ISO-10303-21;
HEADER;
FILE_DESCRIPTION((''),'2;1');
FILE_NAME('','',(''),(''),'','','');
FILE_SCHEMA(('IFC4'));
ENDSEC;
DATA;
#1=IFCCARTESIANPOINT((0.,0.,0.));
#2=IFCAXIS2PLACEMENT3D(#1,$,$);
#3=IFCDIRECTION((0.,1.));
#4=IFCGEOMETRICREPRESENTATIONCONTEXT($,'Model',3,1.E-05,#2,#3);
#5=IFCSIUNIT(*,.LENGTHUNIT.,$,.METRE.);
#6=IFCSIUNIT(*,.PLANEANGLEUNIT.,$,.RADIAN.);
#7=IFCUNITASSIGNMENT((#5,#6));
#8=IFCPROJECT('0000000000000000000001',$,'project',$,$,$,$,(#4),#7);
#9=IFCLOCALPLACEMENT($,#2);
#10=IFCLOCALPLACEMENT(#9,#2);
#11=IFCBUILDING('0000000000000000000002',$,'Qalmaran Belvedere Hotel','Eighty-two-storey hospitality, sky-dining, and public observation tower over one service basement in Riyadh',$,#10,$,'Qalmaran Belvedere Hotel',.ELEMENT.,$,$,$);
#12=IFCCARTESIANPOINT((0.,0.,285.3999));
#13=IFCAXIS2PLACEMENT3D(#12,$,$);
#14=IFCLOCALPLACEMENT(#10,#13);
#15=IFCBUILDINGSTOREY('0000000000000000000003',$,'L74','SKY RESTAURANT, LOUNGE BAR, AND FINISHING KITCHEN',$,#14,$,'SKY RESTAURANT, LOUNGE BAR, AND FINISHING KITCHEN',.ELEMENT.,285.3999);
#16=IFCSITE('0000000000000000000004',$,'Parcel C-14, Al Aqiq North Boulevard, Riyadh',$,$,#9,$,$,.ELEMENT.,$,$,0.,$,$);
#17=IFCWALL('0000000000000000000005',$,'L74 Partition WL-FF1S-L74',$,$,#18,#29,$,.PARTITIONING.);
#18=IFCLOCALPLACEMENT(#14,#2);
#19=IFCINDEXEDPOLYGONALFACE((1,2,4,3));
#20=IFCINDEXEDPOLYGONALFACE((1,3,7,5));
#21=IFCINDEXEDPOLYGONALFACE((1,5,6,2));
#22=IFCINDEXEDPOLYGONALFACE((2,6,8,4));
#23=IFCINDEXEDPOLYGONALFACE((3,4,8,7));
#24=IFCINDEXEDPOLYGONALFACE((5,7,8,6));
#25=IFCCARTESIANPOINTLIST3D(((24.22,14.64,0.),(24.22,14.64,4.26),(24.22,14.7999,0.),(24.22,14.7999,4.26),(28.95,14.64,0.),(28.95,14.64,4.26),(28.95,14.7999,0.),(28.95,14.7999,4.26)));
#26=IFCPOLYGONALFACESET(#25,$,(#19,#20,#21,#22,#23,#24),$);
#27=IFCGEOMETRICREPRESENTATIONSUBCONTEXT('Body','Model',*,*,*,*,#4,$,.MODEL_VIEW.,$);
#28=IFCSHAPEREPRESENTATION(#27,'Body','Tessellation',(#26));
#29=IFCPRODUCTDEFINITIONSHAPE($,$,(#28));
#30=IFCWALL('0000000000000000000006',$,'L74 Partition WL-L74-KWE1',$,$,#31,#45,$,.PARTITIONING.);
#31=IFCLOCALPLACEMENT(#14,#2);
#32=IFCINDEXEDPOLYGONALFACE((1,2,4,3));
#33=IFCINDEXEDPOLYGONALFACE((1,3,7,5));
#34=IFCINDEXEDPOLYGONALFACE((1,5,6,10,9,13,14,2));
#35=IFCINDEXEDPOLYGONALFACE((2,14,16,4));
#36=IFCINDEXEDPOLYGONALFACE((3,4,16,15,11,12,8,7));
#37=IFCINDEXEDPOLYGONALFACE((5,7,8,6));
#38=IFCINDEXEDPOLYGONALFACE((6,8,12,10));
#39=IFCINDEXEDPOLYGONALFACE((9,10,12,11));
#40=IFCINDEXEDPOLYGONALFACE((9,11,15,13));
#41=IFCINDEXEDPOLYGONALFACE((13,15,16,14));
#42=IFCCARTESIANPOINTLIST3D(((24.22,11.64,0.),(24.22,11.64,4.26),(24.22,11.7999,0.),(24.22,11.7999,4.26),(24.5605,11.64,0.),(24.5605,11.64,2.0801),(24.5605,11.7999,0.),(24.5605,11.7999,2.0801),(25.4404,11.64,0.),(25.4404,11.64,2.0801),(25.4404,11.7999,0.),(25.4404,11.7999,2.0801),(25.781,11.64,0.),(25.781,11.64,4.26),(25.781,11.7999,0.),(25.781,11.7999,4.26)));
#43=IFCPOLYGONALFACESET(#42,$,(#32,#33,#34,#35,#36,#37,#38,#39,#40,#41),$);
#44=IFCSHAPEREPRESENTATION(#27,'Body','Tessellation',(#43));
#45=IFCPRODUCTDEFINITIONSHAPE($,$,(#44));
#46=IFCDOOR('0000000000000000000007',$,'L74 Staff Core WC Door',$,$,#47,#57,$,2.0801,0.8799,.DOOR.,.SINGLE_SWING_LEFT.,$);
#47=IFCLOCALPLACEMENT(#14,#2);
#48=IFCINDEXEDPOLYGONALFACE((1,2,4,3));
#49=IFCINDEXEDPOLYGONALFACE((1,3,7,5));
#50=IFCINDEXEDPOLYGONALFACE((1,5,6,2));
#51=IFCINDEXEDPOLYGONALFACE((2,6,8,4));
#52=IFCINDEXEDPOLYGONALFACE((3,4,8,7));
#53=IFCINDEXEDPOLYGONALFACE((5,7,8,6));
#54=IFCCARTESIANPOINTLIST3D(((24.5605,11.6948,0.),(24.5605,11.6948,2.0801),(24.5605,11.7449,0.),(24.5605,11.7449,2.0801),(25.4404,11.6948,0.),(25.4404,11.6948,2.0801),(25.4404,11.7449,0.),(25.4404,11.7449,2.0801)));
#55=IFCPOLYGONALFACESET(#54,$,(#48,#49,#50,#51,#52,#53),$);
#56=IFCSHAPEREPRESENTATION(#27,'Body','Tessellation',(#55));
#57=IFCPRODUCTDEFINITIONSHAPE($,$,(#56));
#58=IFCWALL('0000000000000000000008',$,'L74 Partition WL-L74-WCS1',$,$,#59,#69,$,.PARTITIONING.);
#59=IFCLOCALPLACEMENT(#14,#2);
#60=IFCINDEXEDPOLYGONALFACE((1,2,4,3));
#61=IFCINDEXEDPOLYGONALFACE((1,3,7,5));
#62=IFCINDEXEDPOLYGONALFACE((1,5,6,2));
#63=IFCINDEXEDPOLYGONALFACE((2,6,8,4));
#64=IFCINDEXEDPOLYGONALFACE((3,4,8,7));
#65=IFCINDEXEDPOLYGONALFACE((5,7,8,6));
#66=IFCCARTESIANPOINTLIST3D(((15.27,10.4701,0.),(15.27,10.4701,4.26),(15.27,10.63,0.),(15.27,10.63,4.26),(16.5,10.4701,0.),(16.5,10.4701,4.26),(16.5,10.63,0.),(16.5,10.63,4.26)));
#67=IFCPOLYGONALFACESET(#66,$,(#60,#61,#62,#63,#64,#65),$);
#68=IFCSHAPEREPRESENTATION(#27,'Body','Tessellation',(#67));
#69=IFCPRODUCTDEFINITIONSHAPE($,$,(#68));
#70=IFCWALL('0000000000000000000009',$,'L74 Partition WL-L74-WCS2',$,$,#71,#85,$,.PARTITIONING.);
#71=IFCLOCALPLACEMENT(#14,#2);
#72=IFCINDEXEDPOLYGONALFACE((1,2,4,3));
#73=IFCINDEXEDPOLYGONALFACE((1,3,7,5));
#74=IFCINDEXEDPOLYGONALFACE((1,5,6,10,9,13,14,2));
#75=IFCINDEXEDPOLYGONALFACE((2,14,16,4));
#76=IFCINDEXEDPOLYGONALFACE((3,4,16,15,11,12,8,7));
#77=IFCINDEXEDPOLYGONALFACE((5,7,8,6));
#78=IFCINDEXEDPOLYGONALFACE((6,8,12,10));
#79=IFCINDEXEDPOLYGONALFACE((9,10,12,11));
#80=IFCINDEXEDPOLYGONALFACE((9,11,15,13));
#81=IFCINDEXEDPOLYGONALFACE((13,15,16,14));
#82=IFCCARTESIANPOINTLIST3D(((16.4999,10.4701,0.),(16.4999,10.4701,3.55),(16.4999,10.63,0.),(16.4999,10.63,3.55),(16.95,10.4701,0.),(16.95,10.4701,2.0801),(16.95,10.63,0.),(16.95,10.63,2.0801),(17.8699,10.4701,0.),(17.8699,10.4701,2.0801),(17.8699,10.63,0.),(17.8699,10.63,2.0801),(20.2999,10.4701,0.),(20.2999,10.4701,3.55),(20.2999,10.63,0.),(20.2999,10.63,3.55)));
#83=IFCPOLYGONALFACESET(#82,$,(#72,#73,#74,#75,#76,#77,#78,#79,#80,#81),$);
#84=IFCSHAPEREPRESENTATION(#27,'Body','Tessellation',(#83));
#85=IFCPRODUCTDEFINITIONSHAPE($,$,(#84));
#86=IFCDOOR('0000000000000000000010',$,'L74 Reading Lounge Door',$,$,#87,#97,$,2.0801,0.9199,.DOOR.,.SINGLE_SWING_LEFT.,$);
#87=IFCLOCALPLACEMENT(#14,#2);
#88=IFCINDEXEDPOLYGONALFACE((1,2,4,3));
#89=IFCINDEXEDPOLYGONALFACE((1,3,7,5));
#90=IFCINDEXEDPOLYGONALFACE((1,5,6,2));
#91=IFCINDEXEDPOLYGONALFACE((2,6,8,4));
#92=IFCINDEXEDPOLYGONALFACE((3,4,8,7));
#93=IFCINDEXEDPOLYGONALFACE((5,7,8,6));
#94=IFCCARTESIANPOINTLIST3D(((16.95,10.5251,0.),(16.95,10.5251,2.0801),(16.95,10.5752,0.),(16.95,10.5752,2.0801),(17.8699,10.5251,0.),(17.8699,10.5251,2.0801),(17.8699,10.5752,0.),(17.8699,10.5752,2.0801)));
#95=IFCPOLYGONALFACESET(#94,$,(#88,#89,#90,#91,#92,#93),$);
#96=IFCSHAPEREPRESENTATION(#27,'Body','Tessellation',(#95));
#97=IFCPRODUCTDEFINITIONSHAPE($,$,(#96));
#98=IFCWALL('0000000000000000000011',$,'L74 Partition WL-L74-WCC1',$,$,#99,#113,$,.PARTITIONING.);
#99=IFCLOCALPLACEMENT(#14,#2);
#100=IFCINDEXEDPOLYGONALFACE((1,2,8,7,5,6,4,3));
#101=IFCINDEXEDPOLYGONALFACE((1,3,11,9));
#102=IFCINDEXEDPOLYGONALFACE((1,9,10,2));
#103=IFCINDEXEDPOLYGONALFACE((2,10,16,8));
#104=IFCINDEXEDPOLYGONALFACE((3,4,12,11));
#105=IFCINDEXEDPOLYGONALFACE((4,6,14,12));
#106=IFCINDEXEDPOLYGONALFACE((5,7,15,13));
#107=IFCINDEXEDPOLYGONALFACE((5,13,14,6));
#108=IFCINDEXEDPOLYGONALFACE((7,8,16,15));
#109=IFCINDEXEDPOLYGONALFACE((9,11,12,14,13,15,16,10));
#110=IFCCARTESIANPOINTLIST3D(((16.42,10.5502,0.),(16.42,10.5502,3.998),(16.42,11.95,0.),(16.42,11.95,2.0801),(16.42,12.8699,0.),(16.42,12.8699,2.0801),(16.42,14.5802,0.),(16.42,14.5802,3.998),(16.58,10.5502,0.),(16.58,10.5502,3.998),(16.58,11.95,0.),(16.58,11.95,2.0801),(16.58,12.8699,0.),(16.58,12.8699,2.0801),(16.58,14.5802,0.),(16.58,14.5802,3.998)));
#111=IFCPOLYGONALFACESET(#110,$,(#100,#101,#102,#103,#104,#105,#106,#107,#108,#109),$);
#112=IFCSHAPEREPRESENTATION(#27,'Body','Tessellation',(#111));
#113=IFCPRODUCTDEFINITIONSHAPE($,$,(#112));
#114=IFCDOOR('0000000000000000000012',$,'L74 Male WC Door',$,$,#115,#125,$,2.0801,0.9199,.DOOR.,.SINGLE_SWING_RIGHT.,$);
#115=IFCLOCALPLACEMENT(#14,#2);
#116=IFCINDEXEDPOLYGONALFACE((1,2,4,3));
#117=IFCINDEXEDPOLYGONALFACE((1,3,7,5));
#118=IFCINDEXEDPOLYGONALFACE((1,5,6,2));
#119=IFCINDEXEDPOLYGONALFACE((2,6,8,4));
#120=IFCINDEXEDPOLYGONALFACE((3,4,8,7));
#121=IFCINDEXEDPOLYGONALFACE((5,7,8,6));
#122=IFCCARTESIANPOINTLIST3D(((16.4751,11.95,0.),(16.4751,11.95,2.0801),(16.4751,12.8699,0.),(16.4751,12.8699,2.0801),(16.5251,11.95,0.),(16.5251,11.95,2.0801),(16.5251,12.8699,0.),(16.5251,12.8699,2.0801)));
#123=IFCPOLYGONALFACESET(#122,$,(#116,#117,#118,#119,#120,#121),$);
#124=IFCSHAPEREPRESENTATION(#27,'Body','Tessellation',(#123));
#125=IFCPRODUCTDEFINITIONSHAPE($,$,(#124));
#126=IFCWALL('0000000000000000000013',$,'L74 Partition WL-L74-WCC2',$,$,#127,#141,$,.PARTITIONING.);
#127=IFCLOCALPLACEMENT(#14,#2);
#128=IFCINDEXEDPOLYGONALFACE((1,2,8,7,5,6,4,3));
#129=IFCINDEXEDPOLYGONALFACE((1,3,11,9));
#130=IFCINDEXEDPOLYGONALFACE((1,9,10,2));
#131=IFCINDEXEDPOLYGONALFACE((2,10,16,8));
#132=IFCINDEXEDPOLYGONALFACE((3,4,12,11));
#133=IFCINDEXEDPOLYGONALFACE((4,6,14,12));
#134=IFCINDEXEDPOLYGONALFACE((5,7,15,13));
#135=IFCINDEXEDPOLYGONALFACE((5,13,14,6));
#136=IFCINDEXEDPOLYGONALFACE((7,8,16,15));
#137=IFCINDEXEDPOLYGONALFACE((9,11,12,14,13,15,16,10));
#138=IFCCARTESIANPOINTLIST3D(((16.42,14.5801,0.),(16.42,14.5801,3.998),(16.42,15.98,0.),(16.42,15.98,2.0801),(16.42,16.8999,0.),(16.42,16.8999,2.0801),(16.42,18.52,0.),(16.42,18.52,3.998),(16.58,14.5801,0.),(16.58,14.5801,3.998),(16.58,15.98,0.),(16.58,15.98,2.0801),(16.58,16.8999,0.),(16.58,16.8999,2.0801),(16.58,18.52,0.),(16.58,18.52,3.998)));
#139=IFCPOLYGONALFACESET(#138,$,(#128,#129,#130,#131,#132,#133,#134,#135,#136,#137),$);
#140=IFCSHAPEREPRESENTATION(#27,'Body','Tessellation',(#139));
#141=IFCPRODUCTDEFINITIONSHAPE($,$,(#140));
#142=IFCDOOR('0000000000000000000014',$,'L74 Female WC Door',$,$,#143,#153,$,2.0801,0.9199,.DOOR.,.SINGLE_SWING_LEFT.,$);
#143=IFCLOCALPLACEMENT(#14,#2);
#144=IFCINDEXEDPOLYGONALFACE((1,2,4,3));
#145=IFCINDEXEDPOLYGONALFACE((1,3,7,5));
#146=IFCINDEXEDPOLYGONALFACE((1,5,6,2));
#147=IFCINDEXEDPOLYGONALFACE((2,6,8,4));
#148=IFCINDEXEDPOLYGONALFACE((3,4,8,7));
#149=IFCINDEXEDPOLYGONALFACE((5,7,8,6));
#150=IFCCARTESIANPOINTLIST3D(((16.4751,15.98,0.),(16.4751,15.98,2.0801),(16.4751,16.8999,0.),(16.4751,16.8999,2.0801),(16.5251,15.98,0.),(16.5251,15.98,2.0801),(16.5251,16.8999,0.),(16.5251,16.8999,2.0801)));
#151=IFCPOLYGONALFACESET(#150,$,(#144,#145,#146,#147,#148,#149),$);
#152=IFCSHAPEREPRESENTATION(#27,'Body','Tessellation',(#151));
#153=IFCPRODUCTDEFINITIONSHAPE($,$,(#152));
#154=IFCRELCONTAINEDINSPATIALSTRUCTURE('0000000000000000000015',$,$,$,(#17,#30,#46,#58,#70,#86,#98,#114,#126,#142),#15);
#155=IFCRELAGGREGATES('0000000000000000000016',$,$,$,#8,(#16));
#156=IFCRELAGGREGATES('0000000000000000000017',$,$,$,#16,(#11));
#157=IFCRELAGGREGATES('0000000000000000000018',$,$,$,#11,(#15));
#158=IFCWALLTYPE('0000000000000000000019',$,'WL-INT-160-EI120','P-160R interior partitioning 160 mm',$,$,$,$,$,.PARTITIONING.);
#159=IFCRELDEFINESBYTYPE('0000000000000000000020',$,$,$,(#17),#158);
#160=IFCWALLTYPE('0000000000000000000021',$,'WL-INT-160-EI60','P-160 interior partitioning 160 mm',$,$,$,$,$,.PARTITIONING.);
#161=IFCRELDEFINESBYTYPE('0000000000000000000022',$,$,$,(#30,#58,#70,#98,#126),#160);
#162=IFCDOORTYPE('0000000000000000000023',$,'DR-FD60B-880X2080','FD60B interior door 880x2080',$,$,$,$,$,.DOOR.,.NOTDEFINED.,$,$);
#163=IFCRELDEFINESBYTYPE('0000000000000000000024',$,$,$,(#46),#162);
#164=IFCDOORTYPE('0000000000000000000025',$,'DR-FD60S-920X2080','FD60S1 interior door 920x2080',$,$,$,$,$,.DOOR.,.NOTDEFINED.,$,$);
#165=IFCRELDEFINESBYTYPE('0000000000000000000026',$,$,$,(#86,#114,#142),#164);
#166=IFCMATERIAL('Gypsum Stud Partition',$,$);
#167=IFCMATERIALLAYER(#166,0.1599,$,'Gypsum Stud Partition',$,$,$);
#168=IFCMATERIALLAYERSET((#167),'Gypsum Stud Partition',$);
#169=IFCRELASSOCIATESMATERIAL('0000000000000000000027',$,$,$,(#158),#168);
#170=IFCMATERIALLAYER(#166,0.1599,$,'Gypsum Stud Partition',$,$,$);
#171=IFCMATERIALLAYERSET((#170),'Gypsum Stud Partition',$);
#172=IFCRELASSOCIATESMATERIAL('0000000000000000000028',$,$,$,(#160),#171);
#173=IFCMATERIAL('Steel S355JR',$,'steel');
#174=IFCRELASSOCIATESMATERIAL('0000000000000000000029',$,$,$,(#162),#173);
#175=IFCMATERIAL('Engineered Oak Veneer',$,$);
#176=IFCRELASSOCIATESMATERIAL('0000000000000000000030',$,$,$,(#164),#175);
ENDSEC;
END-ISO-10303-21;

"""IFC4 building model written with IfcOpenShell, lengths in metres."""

from ifc_helpers import new_model, si_unit, direction, frame, frame_2d, origin, place, context, subcontext, project, spatial, rectangle, extrude, material, layer, layer_set, type_object, element, fill, save


model = new_model("IFC4")

# Units and contexts
model_context = context("Model", 3, precision=1e-05, world=origin(), true_north=direction((0.0, 1.0)))
body_context = subcontext(model_context, "Body", "Model", "MODEL_VIEW")
ifc_project = project(units=[si_unit("LENGTHUNIT", "METRE"), si_unit("PLANEANGLEUNIT", "RADIAN")], contexts=[model_context])

# Site, building, storey
site_placement = place(None, origin())
site = spatial("IfcSite", under=ifc_project, at=site_placement, Name="Parcel C-14, Al Aqiq North Boulevard, Riyadh", CompositionType="ELEMENT", RefElevation=0.0)
building_placement = place(site_placement, origin())
building = spatial("IfcBuilding", under=site, at=building_placement, Name="Qalmaran Belvedere Hotel", Description="Eighty-two-storey hospitality, sky-dining, and public observation tower over one service basement in Riyadh", LongName="Qalmaran Belvedere Hotel", CompositionType="ELEMENT")
storey_placement = place(building_placement, frame((0.0, 0.0, 285.3999)))
storey = spatial("IfcBuildingStorey", under=building, at=storey_placement, Name="L74", Description="SKY RESTAURANT, LOUNGE BAR, AND FINISHING KITCHEN", LongName="SKY RESTAURANT, LOUNGE BAR, AND FINISHING KITCHEN", CompositionType="ELEMENT", Elevation=285.3999)

# Wall
ifc_material_1 = material(Name="Gypsum Stud Partition")
ifc_layer_1 = layer(ifc_material_1, 0.1599, Name="Gypsum Stud Partition")
ifc_layer_set_1 = layer_set([ifc_layer_1], Name="Gypsum Stud Partition")
wall_type_1 = type_object("IfcWallType", Name="WL-INT-160-EI120", Description="P-160R interior partitioning 160 mm", PredefinedType="PARTITIONING", material=ifc_layer_set_1)
wall_1_placement = place(storey_placement, frame((24.22, 14.72, 0.0), z_axis=(0.0, 0.0, 1.0), x_axis=(1.0, 0.0, 0.0)))
element("IfcWall", 1, at=wall_1_placement, inside=storey, type_object=wall_type_1, Name="L74 Partition WL-FF1S-L74", PredefinedType="PARTITIONING", context=body_context, shape_type="SweptSolid", body=[
    extrude(rectangle(XDim=4.73, YDim=0.1599, at=frame_2d((2.365, 0.0))), origin(), (0.0, 0.0, 1.0), 4.26),
])

# Wall, opening, door
ifc_layer_2 = layer(ifc_material_1, 0.1599, Name="Gypsum Stud Partition")
ifc_layer_set_2 = layer_set([ifc_layer_2], Name="Gypsum Stud Partition")
wall_type_2 = type_object("IfcWallType", Name="WL-INT-160-EI60", Description="P-160 interior partitioning 160 mm", PredefinedType="PARTITIONING", material=ifc_layer_set_2)
wall_2_placement = place(storey_placement, frame((24.22, 11.72, 0.0), z_axis=(0.0, 0.0, 1.0), x_axis=(1.0, 0.0, 0.0)))
wall_2 = element("IfcWall", 2, at=wall_2_placement, inside=storey, type_object=wall_type_2, Name="L74 Partition WL-L74-KWE1", PredefinedType="PARTITIONING", context=body_context, shape_type="SweptSolid", body=[
    extrude(rectangle(XDim=1.561, YDim=0.1599, at=frame_2d((0.7805, 0.0))), origin(), (0.0, 0.0, 1.0), 4.26),
])
opening_1_placement = place(wall_2_placement, frame((0.3406, 0.0, 0.0)))
opening_1 = element("IfcOpeningElement", 3, at=opening_1_placement, cuts=wall_2, PredefinedType="OPENING", context=body_context, shape_type="SweptSolid", body=[
    extrude(rectangle(XDim=0.8799, YDim=2.0801, at=frame_2d((0.4399, 1.04))), frame((0.0, 0.0898, 0.0), z_axis=(0.0, -1.0, 0.0), x_axis=(1.0, 0.0, 0.0)), (0.0, 0.0, 1.0), 0.1799),
])
ifc_material_2 = material(Name="Steel S355JR", Category="steel")
door_type_1 = type_object("IfcDoorType", Name="DR-FD60B-880X2080", Description="FD60B interior door 880x2080", OperationType="NOTDEFINED", PredefinedType="DOOR", material=ifc_material_2)
door_1_placement = place(opening_1_placement, origin())
door_1 = element("IfcDoor", 4, at=door_1_placement, inside=storey, type_object=door_type_1, Name="L74 Staff Core WC Door", OperationType="SINGLE_SWING_LEFT", OverallHeight=2.0801, OverallWidth=0.8799, PredefinedType="DOOR", context=body_context, shape_type="SweptSolid", body=[
    extrude(rectangle(XDim=0.8799, YDim=2.0801, at=frame_2d((0.4399, 1.04))), frame((0.0, 0.0249, 0.0), z_axis=(0.0, -1.0, 0.0), x_axis=(1.0, 0.0, 0.0)), (0.0, 0.0, 1.0), 0.05),
])
fill(opening_1, door_1)

# Wall
wall_3_placement = place(storey_placement, frame((15.27, 10.55, 0.0), z_axis=(0.0, 0.0, 1.0), x_axis=(1.0, 0.0, 0.0)))
element("IfcWall", 5, at=wall_3_placement, inside=storey, type_object=wall_type_2, Name="L74 Partition WL-L74-WCS1", PredefinedType="PARTITIONING", context=body_context, shape_type="SweptSolid", body=[
    extrude(rectangle(XDim=1.23, YDim=0.1599, at=frame_2d((0.615, 0.0))), origin(), (0.0, 0.0, 1.0), 4.26),
])

# Walls, openings, doors
wall_4_placement = place(storey_placement, frame((16.5, 10.55, 0.0), z_axis=(0.0, 0.0, 1.0), x_axis=(1.0, 0.0, 0.0)))
wall_4 = element("IfcWall", 6, at=wall_4_placement, inside=storey, type_object=wall_type_2, Name="L74 Partition WL-L74-WCS2", PredefinedType="PARTITIONING", context=body_context, shape_type="SweptSolid", body=[
    extrude(rectangle(XDim=3.8, YDim=0.1599, at=frame_2d((1.8999, 0.0))), origin(), (0.0, 0.0, 1.0), 3.55),
])
opening_2_placement = place(wall_4_placement, frame((1.3699, 0.0, 0.0), z_axis=(0.0, 0.0, 1.0), x_axis=(-1.0, 0.0, 0.0)))
opening_2 = element("IfcOpeningElement", 7, at=opening_2_placement, cuts=wall_4, PredefinedType="OPENING", context=body_context, shape_type="SweptSolid", body=[
    extrude(rectangle(XDim=0.9199, YDim=2.0801, at=frame_2d((0.46, 1.04))), frame((0.0, 0.0898, 0.0), z_axis=(0.0, -1.0, 0.0), x_axis=(1.0, 0.0, 0.0)), (0.0, 0.0, 1.0), 0.1799),
])
ifc_material_3 = material(Name="Engineered Oak Veneer")
door_type_2 = type_object("IfcDoorType", Name="DR-FD60S-920X2080", Description="FD60S1 interior door 920x2080", OperationType="NOTDEFINED", PredefinedType="DOOR", material=ifc_material_3)
door_2_placement = place(opening_2_placement, origin())
door_2 = element("IfcDoor", 8, at=door_2_placement, inside=storey, type_object=door_type_2, Name="L74 Reading Lounge Door", OperationType="SINGLE_SWING_LEFT", OverallHeight=2.0801, OverallWidth=0.9199, PredefinedType="DOOR", context=body_context, shape_type="SweptSolid", body=[
    extrude(rectangle(XDim=0.9199, YDim=2.0801, at=frame_2d((0.46, 1.04))), frame((0.0, 0.0249, 0.0), z_axis=(0.0, -1.0, 0.0), x_axis=(1.0, 0.0, 0.0)), (0.0, 0.0, 1.0), 0.05),
])
fill(opening_2, door_2)
wall_5_placement = place(storey_placement, frame((16.5, 10.55, 0.0), z_axis=(0.0, 0.0, 1.0), x_axis=(0.0, 1.0, 0.0)))
wall_5 = element("IfcWall", 9, at=wall_5_placement, inside=storey, type_object=wall_type_2, Name="L74 Partition WL-L74-WCC1", PredefinedType="PARTITIONING", context=body_context, shape_type="SweptSolid", body=[
    extrude(rectangle(XDim=4.03, YDim=0.1599, at=frame_2d((2.0151, 0.0))), origin(), (0.0, 0.0, 1.0), 3.998),
])
opening_3_placement = place(wall_5_placement, frame((1.3999, 0.0, 0.0)))
opening_3 = element("IfcOpeningElement", 10, at=opening_3_placement, cuts=wall_5, PredefinedType="OPENING", context=body_context, shape_type="SweptSolid", body=[
    extrude(rectangle(XDim=0.9199, YDim=2.0801, at=frame_2d((0.46, 1.04))), frame((0.0, 0.0898, 0.0), z_axis=(0.0, -1.0, 0.0), x_axis=(1.0, 0.0, 0.0)), (0.0, 0.0, 1.0), 0.1799),
])
door_3_placement = place(opening_3_placement, origin())
door_3 = element("IfcDoor", 11, at=door_3_placement, inside=storey, type_object=door_type_2, Name="L74 Male WC Door", OperationType="SINGLE_SWING_RIGHT", OverallHeight=2.0801, OverallWidth=0.9199, PredefinedType="DOOR", context=body_context, shape_type="SweptSolid", body=[
    extrude(rectangle(XDim=0.9199, YDim=2.0801, at=frame_2d((0.46, 1.04))), frame((0.0, 0.0249, 0.0), z_axis=(0.0, -1.0, 0.0), x_axis=(1.0, 0.0, 0.0)), (0.0, 0.0, 1.0), 0.05),
])
fill(opening_3, door_3)
wall_6_placement = place(storey_placement, frame((16.5, 14.5801, 0.0), z_axis=(0.0, 0.0, 1.0), x_axis=(0.0, 1.0, 0.0)))
wall_6 = element("IfcWall", 12, at=wall_6_placement, inside=storey, type_object=wall_type_2, Name="L74 Partition WL-L74-WCC2", PredefinedType="PARTITIONING", context=body_context, shape_type="SweptSolid", body=[
    extrude(rectangle(XDim=3.9399, YDim=0.1599, at=frame_2d((1.97, 0.0))), origin(), (0.0, 0.0, 1.0), 3.998),
])
opening_4_placement = place(wall_6_placement, frame((1.3999, 0.0, 0.0)))
opening_4 = element("IfcOpeningElement", 13, at=opening_4_placement, cuts=wall_6, PredefinedType="OPENING", context=body_context, shape_type="SweptSolid", body=[
    extrude(rectangle(XDim=0.9199, YDim=2.0801, at=frame_2d((0.46, 1.04))), frame((0.0, 0.0898, 0.0), z_axis=(0.0, -1.0, 0.0), x_axis=(1.0, 0.0, 0.0)), (0.0, 0.0, 1.0), 0.1799),
])
door_4_placement = place(opening_4_placement, origin())
door_4 = element("IfcDoor", 14, at=door_4_placement, inside=storey, type_object=door_type_2, Name="L74 Female WC Door", OperationType="SINGLE_SWING_LEFT", OverallHeight=2.0801, OverallWidth=0.9199, PredefinedType="DOOR", context=body_context, shape_type="SweptSolid", body=[
    extrude(rectangle(XDim=0.9199, YDim=2.0801, at=frame_2d((0.46, 1.04))), frame((0.0, 0.0249, 0.0), z_axis=(0.0, -1.0, 0.0), x_axis=(1.0, 0.0, 0.0)), (0.0, 0.0, 1.0), 0.05),
])
fill(opening_4, door_4)

save(model, "model.ifc")
